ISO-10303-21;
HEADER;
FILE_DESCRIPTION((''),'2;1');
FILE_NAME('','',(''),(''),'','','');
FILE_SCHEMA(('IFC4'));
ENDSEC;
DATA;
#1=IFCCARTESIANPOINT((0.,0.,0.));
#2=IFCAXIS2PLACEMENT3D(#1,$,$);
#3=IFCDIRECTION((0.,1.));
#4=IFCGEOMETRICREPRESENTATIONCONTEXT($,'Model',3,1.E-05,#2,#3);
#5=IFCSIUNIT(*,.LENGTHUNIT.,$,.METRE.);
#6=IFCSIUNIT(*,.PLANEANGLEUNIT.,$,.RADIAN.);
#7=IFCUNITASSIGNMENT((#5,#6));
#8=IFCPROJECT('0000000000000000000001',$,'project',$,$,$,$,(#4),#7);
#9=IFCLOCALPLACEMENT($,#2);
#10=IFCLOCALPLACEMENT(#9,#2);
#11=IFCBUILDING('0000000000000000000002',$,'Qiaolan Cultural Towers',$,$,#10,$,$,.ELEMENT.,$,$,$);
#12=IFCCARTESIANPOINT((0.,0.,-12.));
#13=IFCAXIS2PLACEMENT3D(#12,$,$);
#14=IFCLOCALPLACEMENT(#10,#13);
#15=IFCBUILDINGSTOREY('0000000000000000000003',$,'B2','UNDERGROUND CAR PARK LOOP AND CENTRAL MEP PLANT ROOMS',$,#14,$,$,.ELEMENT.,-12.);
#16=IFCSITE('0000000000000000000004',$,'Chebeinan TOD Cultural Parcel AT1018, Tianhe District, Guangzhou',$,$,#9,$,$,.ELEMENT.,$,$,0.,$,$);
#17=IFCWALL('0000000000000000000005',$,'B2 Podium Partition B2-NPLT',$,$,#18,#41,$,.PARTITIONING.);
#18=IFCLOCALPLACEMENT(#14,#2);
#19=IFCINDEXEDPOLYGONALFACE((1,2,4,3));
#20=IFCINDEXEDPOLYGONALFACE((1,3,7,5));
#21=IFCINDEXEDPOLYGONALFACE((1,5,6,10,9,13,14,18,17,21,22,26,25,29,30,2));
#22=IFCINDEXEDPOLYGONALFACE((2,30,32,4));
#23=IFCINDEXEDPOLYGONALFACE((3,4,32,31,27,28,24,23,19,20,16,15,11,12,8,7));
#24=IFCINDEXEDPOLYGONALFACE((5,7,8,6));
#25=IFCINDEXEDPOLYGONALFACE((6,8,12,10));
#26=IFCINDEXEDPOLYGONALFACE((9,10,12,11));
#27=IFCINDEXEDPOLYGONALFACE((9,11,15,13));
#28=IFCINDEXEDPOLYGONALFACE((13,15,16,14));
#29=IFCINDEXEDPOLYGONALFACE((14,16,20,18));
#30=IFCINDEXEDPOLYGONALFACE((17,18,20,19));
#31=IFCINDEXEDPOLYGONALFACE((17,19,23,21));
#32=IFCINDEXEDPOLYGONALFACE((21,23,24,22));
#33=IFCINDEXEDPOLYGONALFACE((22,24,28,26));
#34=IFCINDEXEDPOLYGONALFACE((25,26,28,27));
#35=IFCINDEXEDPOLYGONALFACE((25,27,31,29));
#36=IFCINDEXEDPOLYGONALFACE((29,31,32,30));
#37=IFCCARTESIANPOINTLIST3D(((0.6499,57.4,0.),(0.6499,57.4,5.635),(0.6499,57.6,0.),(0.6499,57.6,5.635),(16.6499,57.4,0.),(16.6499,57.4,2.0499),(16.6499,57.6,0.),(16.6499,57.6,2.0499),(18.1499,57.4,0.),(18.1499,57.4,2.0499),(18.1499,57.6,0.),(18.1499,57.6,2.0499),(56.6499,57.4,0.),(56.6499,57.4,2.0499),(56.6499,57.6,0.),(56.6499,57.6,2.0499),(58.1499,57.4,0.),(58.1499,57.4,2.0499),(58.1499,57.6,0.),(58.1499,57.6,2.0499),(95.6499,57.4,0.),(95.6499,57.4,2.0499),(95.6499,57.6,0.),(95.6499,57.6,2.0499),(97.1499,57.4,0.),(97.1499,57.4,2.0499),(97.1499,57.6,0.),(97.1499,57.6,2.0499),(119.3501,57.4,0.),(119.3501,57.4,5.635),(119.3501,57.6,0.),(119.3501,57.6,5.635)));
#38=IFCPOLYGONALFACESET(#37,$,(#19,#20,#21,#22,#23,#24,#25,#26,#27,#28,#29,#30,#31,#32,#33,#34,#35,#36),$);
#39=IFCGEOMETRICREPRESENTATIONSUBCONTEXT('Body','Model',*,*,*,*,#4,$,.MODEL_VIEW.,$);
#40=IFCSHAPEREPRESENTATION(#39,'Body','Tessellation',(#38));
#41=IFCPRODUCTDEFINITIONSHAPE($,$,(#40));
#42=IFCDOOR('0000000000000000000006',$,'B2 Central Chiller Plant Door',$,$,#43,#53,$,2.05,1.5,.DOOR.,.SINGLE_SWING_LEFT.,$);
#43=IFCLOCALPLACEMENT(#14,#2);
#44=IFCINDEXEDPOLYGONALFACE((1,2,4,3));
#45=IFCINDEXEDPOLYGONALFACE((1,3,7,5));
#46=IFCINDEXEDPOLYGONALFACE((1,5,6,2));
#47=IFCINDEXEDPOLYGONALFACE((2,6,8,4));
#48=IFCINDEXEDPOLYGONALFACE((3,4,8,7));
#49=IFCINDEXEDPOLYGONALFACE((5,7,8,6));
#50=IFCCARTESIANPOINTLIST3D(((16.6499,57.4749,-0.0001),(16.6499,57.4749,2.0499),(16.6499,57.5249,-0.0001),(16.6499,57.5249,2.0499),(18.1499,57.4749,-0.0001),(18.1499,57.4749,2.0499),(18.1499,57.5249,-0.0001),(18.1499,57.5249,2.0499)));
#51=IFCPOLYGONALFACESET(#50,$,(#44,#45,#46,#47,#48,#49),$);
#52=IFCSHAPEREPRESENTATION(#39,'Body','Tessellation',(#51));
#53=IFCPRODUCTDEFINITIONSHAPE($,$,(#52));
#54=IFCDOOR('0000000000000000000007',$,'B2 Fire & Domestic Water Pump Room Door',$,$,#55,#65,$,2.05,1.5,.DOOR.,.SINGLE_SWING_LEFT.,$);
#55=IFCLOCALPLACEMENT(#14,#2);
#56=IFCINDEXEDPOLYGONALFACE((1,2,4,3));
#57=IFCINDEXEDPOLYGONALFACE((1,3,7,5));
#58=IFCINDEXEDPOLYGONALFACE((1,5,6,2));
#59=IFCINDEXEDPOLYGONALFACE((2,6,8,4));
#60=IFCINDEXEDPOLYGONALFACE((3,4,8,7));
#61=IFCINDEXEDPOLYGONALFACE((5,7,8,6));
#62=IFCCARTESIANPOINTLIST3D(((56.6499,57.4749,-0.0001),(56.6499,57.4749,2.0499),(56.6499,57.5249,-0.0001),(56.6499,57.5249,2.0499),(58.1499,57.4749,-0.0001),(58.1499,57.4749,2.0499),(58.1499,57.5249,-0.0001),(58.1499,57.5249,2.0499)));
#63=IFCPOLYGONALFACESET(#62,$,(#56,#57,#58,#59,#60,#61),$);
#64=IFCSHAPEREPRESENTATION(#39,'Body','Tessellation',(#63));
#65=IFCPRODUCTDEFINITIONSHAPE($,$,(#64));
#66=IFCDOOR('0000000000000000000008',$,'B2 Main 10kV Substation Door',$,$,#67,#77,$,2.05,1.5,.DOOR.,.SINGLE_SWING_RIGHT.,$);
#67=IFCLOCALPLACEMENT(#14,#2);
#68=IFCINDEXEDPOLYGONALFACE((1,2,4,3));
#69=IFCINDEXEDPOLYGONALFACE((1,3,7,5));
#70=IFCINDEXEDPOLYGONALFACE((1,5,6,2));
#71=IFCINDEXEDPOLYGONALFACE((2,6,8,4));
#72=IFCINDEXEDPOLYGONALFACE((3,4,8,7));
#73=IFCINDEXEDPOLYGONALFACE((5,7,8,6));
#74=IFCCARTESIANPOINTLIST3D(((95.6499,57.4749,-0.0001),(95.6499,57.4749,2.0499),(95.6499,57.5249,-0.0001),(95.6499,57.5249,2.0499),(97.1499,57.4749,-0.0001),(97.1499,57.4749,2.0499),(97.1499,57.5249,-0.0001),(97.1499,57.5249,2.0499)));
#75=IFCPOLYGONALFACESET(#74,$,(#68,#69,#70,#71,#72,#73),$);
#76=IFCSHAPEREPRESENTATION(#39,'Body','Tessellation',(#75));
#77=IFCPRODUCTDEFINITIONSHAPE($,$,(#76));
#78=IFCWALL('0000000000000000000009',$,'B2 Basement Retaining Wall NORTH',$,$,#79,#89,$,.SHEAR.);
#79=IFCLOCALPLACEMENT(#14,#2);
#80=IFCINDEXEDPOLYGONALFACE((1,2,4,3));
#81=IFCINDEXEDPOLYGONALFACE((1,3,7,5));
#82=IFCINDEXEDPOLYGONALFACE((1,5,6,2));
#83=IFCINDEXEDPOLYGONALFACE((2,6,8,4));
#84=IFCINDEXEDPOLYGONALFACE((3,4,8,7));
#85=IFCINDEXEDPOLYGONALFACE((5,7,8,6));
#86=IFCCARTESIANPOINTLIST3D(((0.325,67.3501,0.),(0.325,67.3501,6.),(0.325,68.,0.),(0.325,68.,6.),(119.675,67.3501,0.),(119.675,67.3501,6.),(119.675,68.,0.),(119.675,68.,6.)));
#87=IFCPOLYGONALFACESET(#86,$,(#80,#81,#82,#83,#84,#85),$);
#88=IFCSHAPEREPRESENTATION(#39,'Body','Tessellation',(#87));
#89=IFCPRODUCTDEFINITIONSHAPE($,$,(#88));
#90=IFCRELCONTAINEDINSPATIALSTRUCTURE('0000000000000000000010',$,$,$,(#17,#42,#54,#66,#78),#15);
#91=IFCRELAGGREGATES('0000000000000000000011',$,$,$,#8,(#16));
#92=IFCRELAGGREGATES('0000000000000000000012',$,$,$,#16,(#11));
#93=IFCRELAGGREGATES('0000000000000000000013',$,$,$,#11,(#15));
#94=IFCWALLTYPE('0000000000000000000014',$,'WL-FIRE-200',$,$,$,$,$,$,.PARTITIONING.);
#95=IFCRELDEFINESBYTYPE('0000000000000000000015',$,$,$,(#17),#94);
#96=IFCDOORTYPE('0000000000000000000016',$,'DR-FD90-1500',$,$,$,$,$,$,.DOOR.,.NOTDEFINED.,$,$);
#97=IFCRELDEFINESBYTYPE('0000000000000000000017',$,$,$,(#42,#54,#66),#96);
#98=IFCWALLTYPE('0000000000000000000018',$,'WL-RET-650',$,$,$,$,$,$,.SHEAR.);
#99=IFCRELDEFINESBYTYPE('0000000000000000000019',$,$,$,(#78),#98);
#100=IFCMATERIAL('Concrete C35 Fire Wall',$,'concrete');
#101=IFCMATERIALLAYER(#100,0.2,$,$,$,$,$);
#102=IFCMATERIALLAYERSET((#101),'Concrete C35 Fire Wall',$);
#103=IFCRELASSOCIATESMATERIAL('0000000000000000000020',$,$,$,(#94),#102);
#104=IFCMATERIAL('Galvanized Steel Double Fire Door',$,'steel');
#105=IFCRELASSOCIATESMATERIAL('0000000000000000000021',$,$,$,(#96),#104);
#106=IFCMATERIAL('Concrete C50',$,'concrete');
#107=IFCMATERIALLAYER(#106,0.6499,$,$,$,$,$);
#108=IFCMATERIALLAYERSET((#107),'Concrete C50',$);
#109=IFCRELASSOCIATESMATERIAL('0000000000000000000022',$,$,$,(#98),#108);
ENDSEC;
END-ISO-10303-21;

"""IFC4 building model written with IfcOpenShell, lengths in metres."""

from ifc_helpers import new_model, si_unit, direction, frame, frame_2d, origin, place, context, subcontext, project, spatial, rectangle, extrude, material, layer, layer_set, type_object, element, fill, save


model = new_model("IFC4")

# Units and contexts
model_context = context("Model", 3, precision=1e-05, world=origin(), true_north=direction((0.0, 1.0)))
body_context = subcontext(model_context, "Body", "Model", "MODEL_VIEW")
ifc_project = project(units=[si_unit("LENGTHUNIT", "METRE"), si_unit("PLANEANGLEUNIT", "RADIAN")], contexts=[model_context])

# Site, building, storey
site_placement = place(None, origin())
site = spatial("IfcSite", under=ifc_project, at=site_placement, Name="Chebeinan TOD Cultural Parcel AT1018, Tianhe District, Guangzhou", CompositionType="ELEMENT", RefElevation=0.0)
building_placement = place(site_placement, origin())
building = spatial("IfcBuilding", under=site, at=building_placement, Name="Qiaolan Cultural Towers", CompositionType="ELEMENT")
storey_placement = place(building_placement, frame((0.0, 0.0, -12.0)))
storey = spatial("IfcBuildingStorey", under=building, at=storey_placement, Name="B2", Description="UNDERGROUND CAR PARK LOOP AND CENTRAL MEP PLANT ROOMS", CompositionType="ELEMENT", Elevation=-12.0)

# Wall, openings, doors
ifc_material_1 = material(Name="Concrete C35 Fire Wall", Category="concrete")
ifc_layer_1 = layer(ifc_material_1, 0.2)
ifc_layer_set_1 = layer_set([ifc_layer_1], Name="Concrete C35 Fire Wall")
wall_type_1 = type_object("IfcWallType", Name="WL-FIRE-200", PredefinedType="PARTITIONING", material=ifc_layer_set_1)
wall_1_placement = place(storey_placement, frame((0.6499, 57.5, 0.0), z_axis=(0.0, 0.0, 1.0), x_axis=(1.0, 0.0, 0.0)))
wall_1 = element("IfcWall", 1, at=wall_1_placement, inside=storey, type_object=wall_type_1, Name="B2 Podium Partition B2-NPLT", PredefinedType="PARTITIONING", context=body_context, shape_type="SweptSolid", body=[
    extrude(rectangle(XDim=118.7002, YDim=0.2, at=frame_2d((59.3501, 0.0))), origin(), (0.0, 0.0, 1.0), 5.635),
])
opening_1_placement = place(wall_1_placement, frame((16.0, 0.0, 0.0)))
opening_1 = element("IfcOpeningElement", 2, at=opening_1_placement, cuts=wall_1, PredefinedType="OPENING", context=body_context, shape_type="SweptSolid", body=[
    extrude(rectangle(XDim=1.5, YDim=2.05, at=frame_2d((0.75, 1.0249))), frame((0.0, 0.1099, 0.0), z_axis=(0.0, -1.0, 0.0), x_axis=(1.0, 0.0, 0.0)), (0.0, 0.0, 1.0), 0.22),
])
opening_2_placement = place(wall_1_placement, frame((56.0, 0.0, 0.0)))
opening_2 = element("IfcOpeningElement", 3, at=opening_2_placement, cuts=wall_1, PredefinedType="OPENING", context=body_context, shape_type="SweptSolid", body=[
    extrude(rectangle(XDim=1.5, YDim=2.05, at=frame_2d((0.75, 1.0249))), frame((0.0, 0.1099, 0.0), z_axis=(0.0, -1.0, 0.0), x_axis=(1.0, 0.0, 0.0)), (0.0, 0.0, 1.0), 0.22),
])
opening_3_placement = place(wall_1_placement, frame((95.0, 0.0, 0.0)))
opening_3 = element("IfcOpeningElement", 4, at=opening_3_placement, cuts=wall_1, PredefinedType="OPENING", context=body_context, shape_type="SweptSolid", body=[
    extrude(rectangle(XDim=1.5, YDim=2.05, at=frame_2d((0.75, 1.0249))), frame((0.0, 0.1099, 0.0), z_axis=(0.0, -1.0, 0.0), x_axis=(1.0, 0.0, 0.0)), (0.0, 0.0, 1.0), 0.22),
])
ifc_material_2 = material(Name="Galvanized Steel Double Fire Door", Category="steel")
door_type = type_object("IfcDoorType", Name="DR-FD90-1500", OperationType="NOTDEFINED", PredefinedType="DOOR", material=ifc_material_2)
door_1_placement = place(opening_1_placement, origin())
door_1 = element("IfcDoor", 5, at=door_1_placement, inside=storey, type_object=door_type, Name="B2 Central Chiller Plant Door", OperationType="SINGLE_SWING_LEFT", OverallHeight=2.05, OverallWidth=1.5, PredefinedType="DOOR", context=body_context, shape_type="SweptSolid", body=[
    extrude(rectangle(XDim=1.5, YDim=2.05, at=frame_2d((0.75, 1.0249))), frame((0.0, 0.0249, 0.0), z_axis=(0.0, -1.0, 0.0), x_axis=(1.0, 0.0, 0.0)), (0.0, 0.0, 1.0), 0.05),
])
fill(opening_1, door_1)
door_2_placement = place(opening_2_placement, origin())
door_2 = element("IfcDoor", 6, at=door_2_placement, inside=storey, type_object=door_type, Name="B2 Fire & Domestic Water Pump Room Door", OperationType="SINGLE_SWING_LEFT", OverallHeight=2.05, OverallWidth=1.5, PredefinedType="DOOR", context=body_context, shape_type="SweptSolid", body=[
    extrude(rectangle(XDim=1.5, YDim=2.05, at=frame_2d((0.75, 1.0249))), frame((0.0, 0.0249, 0.0), z_axis=(0.0, -1.0, 0.0), x_axis=(1.0, 0.0, 0.0)), (0.0, 0.0, 1.0), 0.05),
])
fill(opening_2, door_2)
door_3_placement = place(opening_3_placement, origin())
door_3 = element("IfcDoor", 7, at=door_3_placement, inside=storey, type_object=door_type, Name="B2 Main 10kV Substation Door", OperationType="SINGLE_SWING_RIGHT", OverallHeight=2.05, OverallWidth=1.5, PredefinedType="DOOR", context=body_context, shape_type="SweptSolid", body=[
    extrude(rectangle(XDim=1.5, YDim=2.05, at=frame_2d((0.75, 1.0249))), frame((0.0, 0.0249, 0.0), z_axis=(0.0, -1.0, 0.0), x_axis=(1.0, 0.0, 0.0)), (0.0, 0.0, 1.0), 0.05),
])
fill(opening_3, door_3)

# Wall
ifc_material_3 = material(Name="Concrete C50", Category="concrete")
ifc_layer_2 = layer(ifc_material_3, 0.6499)
ifc_layer_set_2 = layer_set([ifc_layer_2], Name="Concrete C50")
wall_type_2 = type_object("IfcWallType", Name="WL-RET-650", PredefinedType="SHEAR", material=ifc_layer_set_2)
wall_2_placement = place(storey_placement, frame((0.325, 67.675, 0.0), z_axis=(0.0, 0.0, 1.0), x_axis=(1.0, 0.0, 0.0)))
element("IfcWall", 8, at=wall_2_placement, inside=storey, type_object=wall_type_2, Name="B2 Basement Retaining Wall NORTH", PredefinedType="SHEAR", context=body_context, shape_type="SweptSolid", body=[
    extrude(rectangle(XDim=119.3501, YDim=0.6499, at=frame_2d((59.675, 0.0))), origin(), (0.0, 0.0, 1.0), 6.0),
])

save(model, "model.ifc")
